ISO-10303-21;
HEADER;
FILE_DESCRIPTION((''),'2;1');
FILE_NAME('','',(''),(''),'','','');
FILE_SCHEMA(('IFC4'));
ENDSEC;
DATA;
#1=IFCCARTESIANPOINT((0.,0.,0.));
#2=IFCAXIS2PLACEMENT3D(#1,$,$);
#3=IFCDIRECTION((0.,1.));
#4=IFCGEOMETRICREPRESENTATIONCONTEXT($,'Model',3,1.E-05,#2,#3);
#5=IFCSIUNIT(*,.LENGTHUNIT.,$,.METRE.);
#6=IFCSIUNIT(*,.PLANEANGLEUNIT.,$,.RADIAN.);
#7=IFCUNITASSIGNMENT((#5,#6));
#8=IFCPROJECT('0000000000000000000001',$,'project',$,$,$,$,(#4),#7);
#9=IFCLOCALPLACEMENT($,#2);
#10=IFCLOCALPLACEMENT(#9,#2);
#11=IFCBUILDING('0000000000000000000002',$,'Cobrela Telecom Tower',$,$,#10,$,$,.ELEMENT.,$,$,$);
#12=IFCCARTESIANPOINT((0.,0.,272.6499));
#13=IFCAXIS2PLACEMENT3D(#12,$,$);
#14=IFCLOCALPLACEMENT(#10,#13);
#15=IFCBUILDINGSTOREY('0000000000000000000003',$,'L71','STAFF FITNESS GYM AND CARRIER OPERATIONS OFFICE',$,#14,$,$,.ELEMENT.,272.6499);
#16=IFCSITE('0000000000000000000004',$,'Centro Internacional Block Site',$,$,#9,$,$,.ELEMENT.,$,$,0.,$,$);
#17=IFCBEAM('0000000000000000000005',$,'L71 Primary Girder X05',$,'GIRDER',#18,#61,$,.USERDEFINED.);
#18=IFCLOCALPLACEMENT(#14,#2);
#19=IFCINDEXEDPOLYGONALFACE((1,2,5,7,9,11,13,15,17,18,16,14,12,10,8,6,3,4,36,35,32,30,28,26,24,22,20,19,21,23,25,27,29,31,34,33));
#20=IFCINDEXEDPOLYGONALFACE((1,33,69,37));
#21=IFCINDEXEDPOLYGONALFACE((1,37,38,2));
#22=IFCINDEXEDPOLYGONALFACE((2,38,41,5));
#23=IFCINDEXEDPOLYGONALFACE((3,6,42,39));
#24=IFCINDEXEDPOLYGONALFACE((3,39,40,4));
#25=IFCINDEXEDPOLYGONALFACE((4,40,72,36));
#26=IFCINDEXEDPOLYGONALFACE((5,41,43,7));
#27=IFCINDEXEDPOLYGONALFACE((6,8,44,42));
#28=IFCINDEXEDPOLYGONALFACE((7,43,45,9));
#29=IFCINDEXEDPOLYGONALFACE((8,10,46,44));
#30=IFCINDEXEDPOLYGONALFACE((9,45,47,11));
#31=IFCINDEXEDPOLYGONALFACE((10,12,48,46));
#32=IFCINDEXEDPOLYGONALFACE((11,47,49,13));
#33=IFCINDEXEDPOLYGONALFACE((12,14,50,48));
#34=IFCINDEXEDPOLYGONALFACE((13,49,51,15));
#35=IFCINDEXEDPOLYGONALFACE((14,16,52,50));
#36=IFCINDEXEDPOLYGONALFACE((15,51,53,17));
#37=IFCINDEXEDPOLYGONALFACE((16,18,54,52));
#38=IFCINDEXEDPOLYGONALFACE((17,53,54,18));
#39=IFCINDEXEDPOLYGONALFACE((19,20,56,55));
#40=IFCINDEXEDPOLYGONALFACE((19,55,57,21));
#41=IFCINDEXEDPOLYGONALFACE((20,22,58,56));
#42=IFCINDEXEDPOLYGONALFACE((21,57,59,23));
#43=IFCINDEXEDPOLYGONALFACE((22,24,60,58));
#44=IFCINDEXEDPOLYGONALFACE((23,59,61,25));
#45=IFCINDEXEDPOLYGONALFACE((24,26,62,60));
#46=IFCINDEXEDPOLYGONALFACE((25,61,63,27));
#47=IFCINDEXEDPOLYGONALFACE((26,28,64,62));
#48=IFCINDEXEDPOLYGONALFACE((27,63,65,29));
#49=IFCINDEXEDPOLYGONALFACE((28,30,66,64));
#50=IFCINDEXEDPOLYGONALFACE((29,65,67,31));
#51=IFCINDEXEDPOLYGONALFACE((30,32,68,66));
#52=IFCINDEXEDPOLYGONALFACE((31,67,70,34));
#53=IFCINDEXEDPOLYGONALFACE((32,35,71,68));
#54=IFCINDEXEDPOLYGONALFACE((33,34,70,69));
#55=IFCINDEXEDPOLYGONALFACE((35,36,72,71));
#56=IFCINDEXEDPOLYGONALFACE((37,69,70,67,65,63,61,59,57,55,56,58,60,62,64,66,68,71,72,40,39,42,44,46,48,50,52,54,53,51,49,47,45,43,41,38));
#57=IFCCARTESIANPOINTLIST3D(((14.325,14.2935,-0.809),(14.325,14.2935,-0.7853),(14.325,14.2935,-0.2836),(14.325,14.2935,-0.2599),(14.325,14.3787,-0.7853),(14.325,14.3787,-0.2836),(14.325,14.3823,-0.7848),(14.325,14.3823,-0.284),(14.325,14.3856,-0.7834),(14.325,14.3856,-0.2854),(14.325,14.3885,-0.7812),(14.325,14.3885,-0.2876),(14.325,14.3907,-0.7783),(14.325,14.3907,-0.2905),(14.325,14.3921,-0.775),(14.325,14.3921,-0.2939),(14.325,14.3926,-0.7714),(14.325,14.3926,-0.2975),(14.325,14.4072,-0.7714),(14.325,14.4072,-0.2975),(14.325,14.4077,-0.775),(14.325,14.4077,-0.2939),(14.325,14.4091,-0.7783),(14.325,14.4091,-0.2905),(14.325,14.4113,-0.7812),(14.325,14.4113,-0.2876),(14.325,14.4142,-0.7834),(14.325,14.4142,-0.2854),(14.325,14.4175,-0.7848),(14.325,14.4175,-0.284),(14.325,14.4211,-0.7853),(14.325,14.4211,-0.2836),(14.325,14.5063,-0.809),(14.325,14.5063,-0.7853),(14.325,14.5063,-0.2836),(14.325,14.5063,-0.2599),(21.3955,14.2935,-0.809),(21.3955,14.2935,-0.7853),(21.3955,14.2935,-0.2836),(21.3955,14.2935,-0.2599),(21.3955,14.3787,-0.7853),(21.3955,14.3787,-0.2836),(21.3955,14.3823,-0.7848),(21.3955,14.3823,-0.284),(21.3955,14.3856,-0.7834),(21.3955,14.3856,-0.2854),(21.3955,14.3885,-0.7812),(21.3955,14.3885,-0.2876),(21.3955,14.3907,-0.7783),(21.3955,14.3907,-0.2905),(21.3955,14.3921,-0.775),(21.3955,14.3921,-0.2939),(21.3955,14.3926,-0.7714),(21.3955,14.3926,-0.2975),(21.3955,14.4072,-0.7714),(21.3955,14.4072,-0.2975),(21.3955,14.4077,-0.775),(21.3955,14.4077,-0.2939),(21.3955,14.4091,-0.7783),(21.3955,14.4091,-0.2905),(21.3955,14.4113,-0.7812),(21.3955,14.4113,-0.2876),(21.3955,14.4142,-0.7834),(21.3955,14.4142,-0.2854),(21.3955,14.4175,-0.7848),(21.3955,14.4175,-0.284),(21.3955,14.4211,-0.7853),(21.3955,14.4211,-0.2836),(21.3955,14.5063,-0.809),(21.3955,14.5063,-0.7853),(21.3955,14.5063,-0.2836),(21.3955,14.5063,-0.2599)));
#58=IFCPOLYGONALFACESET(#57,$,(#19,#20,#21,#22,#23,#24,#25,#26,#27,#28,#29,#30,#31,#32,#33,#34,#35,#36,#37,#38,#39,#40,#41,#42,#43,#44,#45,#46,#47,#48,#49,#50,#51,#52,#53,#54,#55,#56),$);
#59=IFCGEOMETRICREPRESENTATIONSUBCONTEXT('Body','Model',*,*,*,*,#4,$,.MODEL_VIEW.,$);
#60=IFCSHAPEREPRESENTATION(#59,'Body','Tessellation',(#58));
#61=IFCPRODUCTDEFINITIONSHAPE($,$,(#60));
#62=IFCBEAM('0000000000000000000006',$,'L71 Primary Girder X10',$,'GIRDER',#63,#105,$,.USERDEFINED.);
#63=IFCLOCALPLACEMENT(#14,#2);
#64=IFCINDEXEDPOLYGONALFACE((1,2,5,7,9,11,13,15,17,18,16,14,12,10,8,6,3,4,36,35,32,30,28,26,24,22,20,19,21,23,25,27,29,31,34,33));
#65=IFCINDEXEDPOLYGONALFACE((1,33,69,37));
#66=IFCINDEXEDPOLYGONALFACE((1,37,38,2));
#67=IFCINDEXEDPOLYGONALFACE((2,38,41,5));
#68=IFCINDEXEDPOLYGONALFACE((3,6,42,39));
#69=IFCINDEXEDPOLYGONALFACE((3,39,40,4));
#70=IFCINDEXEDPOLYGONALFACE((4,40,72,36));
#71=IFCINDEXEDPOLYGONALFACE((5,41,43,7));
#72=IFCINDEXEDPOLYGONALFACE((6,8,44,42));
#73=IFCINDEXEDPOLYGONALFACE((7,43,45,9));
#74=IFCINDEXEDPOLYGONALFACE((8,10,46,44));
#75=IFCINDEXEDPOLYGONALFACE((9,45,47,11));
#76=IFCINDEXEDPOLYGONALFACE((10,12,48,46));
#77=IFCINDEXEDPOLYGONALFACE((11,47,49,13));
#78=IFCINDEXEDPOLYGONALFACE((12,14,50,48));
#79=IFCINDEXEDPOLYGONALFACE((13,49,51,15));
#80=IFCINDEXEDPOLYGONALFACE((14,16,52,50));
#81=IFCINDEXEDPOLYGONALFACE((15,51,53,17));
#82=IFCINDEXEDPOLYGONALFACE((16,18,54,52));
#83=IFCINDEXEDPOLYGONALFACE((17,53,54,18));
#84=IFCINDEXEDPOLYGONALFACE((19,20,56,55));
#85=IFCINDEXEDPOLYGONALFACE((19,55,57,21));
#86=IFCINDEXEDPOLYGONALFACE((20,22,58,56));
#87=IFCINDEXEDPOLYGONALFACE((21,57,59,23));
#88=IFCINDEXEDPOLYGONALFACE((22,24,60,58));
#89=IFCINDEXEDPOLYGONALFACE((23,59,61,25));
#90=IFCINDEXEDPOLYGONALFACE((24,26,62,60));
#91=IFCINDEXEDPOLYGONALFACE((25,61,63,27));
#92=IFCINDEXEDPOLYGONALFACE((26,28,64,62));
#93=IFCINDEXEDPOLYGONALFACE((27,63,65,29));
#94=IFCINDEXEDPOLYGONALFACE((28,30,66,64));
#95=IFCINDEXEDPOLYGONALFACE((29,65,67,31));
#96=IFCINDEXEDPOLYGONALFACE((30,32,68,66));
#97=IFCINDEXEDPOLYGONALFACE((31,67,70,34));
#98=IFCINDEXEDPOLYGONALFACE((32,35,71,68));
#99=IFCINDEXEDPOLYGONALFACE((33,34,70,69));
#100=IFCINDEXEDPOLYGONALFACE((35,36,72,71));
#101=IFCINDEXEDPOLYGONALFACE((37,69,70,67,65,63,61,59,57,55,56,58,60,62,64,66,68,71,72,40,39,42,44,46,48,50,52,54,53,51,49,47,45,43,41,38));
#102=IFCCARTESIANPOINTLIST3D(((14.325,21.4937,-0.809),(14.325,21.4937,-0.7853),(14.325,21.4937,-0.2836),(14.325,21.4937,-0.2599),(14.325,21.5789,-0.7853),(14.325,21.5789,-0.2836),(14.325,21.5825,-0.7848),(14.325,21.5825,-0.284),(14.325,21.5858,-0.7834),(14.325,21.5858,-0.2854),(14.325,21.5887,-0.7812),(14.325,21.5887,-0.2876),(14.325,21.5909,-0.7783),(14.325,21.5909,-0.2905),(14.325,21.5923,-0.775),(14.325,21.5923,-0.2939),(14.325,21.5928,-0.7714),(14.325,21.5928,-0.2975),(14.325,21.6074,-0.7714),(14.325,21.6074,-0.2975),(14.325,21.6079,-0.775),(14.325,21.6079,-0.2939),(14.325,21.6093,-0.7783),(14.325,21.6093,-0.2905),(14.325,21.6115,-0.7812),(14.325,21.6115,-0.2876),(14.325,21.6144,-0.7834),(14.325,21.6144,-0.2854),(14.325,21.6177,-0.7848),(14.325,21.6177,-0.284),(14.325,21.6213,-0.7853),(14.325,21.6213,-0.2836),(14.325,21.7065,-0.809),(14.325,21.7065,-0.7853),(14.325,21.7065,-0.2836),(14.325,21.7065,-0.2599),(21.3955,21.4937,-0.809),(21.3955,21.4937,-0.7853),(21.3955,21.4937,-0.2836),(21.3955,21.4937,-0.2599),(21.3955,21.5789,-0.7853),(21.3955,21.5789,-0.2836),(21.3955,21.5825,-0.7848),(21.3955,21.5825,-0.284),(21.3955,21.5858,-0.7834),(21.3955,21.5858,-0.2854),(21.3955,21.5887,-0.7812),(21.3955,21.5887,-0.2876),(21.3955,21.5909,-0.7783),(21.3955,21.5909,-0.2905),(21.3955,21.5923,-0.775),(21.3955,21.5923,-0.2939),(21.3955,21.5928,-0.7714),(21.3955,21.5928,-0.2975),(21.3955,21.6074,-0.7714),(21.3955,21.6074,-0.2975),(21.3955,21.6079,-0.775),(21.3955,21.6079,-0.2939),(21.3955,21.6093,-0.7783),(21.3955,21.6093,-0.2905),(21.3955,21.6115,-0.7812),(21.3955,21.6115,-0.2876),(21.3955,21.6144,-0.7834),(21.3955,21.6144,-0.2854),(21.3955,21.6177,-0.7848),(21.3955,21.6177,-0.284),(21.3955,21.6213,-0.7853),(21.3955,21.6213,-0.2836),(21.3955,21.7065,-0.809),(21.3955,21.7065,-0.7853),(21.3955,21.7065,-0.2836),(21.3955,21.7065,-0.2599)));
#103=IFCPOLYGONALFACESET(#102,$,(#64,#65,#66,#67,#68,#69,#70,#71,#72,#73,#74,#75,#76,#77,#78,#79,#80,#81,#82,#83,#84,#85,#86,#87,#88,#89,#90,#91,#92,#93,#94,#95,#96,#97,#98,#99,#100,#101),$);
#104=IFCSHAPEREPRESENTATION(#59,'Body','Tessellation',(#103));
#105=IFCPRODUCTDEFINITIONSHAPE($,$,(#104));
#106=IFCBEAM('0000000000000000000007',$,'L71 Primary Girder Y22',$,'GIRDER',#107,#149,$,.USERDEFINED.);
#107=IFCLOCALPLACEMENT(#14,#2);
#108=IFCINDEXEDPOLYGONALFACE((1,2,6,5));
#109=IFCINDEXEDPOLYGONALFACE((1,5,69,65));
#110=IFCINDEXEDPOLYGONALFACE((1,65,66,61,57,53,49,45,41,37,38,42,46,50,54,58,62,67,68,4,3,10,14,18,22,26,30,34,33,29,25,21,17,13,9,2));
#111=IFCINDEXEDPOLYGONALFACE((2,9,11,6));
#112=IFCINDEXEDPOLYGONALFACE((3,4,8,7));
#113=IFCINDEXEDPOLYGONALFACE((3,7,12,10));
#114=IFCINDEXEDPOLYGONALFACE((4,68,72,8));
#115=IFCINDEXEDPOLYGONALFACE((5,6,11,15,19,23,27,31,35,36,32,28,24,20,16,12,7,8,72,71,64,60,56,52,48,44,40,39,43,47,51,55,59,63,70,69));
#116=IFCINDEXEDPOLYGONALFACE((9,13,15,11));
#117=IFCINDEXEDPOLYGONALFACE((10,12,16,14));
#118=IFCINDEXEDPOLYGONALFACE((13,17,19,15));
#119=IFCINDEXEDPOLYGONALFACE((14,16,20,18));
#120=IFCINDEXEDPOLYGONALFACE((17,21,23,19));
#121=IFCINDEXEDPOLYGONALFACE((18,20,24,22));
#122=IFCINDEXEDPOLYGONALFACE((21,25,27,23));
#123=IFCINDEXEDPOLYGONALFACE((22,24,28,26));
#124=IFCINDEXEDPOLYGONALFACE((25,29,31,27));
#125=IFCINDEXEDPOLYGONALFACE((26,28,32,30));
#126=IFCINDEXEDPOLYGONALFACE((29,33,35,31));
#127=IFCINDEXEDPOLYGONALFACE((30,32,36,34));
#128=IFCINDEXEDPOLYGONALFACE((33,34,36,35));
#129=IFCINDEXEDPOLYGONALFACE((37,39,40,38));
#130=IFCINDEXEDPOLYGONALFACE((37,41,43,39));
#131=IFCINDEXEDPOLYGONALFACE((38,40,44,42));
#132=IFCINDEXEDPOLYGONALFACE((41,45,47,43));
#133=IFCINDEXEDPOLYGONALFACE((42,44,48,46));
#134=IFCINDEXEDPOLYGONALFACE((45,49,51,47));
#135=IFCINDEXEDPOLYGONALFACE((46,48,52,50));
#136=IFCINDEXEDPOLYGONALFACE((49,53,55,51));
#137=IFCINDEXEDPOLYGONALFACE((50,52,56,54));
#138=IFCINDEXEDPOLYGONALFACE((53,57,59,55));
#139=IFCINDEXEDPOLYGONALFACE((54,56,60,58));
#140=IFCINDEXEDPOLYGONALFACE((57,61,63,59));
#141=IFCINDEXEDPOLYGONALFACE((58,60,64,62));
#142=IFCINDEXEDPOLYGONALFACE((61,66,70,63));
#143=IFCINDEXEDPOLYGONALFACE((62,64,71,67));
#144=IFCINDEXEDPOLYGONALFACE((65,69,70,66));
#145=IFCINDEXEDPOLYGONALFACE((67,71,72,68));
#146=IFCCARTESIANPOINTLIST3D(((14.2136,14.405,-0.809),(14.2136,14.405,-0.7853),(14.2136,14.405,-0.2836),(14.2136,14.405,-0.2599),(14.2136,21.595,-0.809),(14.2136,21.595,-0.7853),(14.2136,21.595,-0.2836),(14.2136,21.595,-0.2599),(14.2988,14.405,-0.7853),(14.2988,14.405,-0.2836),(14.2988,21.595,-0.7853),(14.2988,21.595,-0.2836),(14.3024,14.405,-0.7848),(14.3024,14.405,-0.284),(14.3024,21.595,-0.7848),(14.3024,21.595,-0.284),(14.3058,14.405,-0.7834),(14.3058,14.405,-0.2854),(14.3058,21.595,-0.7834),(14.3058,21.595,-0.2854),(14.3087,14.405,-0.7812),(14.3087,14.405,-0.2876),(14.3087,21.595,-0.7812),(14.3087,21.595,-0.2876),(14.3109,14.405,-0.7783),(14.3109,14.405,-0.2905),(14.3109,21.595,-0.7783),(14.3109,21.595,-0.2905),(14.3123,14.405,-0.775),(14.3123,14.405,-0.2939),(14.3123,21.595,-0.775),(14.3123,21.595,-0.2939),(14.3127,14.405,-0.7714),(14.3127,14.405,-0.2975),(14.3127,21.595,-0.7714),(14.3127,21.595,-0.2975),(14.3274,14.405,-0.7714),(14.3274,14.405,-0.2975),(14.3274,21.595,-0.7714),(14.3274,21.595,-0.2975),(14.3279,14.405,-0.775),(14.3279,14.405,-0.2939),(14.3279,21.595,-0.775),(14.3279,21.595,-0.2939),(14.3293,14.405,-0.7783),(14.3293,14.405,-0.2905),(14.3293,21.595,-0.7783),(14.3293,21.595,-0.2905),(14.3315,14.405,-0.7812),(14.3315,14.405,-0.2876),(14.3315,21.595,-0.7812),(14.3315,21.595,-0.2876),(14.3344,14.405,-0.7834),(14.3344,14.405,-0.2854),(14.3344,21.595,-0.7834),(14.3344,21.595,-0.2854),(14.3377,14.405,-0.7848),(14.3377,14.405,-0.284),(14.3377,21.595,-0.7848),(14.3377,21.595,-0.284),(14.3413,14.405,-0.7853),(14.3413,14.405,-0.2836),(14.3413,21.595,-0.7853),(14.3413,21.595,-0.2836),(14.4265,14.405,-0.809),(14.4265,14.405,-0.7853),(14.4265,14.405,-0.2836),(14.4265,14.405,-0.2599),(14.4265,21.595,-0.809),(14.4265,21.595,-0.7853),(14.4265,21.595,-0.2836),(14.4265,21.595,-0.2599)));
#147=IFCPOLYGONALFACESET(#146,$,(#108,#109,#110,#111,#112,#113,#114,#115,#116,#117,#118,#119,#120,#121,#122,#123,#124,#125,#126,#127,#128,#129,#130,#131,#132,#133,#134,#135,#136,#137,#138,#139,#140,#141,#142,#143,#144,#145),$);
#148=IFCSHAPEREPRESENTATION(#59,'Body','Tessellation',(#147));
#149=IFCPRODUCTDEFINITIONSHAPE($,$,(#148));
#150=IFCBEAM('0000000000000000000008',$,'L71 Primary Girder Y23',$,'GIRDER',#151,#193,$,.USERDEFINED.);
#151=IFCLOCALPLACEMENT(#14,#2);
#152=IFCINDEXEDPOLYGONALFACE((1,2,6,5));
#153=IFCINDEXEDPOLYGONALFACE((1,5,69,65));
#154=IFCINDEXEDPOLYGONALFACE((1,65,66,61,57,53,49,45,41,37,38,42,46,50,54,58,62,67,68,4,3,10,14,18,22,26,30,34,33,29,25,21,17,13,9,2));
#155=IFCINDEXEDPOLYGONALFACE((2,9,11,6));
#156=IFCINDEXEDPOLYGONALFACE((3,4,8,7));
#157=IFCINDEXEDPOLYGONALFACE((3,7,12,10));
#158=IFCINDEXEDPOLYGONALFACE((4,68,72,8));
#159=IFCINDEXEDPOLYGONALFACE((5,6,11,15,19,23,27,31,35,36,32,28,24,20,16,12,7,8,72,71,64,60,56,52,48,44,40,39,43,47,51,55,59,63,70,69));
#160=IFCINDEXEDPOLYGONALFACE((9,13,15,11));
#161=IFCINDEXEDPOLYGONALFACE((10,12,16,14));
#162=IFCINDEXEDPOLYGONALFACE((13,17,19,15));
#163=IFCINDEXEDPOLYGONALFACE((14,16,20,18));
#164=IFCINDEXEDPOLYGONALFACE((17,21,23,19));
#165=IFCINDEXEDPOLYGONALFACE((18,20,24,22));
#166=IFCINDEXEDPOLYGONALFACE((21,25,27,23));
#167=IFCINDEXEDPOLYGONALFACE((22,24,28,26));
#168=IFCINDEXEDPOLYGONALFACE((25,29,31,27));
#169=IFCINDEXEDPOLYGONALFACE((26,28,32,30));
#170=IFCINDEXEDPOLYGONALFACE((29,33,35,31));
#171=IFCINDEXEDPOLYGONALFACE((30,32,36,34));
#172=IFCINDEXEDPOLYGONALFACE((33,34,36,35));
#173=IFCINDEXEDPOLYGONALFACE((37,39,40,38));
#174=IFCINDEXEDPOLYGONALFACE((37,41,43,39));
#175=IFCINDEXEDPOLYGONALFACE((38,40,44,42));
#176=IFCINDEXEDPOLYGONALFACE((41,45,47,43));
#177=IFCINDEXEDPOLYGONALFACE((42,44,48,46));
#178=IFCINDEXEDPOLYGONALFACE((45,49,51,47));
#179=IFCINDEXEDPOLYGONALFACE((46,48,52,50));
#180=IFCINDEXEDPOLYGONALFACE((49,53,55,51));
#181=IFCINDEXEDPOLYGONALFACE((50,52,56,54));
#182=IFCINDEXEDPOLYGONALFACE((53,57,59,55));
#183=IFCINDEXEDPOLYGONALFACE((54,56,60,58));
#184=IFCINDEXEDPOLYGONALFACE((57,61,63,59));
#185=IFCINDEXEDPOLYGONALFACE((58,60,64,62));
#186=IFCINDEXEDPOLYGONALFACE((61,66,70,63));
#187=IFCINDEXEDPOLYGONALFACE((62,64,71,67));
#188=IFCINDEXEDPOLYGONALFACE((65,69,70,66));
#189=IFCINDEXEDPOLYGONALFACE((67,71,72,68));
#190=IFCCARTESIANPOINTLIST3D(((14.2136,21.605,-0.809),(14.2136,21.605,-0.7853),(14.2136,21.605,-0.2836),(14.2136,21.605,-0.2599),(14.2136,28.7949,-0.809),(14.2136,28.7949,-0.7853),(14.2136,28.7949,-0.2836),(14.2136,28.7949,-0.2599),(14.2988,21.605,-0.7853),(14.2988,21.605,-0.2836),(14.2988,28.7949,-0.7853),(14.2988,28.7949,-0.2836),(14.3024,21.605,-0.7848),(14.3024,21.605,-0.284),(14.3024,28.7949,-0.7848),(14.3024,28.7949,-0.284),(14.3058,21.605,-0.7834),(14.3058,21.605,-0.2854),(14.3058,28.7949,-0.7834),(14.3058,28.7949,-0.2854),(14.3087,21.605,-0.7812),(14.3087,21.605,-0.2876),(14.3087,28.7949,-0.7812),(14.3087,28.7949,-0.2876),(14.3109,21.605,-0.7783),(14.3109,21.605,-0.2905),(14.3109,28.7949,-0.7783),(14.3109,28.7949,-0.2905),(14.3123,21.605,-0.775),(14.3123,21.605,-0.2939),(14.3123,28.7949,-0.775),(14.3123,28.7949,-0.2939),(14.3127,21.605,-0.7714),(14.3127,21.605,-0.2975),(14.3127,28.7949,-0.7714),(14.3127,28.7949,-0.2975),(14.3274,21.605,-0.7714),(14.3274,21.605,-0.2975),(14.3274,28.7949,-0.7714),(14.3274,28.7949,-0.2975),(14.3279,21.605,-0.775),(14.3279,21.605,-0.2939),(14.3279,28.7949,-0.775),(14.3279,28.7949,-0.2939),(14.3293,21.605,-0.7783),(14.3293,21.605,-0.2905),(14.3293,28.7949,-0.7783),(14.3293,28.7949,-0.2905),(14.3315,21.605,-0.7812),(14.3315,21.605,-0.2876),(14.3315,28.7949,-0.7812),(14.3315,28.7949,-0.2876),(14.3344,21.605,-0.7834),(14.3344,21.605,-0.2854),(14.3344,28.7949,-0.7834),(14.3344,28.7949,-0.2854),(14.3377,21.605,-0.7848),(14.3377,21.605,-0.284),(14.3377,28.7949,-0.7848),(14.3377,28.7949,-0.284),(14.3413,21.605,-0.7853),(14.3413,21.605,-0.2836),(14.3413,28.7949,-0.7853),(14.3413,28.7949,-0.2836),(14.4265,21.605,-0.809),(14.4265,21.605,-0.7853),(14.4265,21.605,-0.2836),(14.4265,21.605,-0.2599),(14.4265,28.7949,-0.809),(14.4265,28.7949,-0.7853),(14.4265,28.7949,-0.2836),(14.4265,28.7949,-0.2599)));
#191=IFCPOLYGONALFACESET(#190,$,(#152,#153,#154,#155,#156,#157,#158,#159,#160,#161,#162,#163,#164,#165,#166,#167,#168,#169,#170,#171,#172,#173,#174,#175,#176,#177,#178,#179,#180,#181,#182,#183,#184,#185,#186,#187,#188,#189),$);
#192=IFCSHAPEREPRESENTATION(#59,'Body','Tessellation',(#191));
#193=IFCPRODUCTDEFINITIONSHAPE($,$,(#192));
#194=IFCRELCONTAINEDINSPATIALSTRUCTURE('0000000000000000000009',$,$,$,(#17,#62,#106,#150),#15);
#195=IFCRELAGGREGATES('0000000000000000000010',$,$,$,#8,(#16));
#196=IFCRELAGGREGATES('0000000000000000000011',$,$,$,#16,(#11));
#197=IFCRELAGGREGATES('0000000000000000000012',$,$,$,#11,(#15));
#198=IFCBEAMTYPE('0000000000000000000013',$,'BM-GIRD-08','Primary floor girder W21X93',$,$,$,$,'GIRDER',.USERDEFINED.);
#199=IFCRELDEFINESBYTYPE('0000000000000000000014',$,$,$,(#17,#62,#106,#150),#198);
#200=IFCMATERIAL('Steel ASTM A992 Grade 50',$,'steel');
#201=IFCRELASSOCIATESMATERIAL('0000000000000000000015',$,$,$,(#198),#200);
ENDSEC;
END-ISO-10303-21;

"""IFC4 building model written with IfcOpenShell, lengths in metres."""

from ifc_helpers import new_model, si_unit, direction, frame, origin, origin_2d, place, context, subcontext, project, spatial, i_section, extrude, material, material_profile, profile_set, type_object, element, save


model = new_model("IFC4")

# Units and contexts
model_context = context("Model", 3, precision=1e-05, world=origin(), true_north=direction((0.0, 1.0)))
body_context = subcontext(model_context, "Body", "Model", "MODEL_VIEW")
ifc_project = project(units=[si_unit("LENGTHUNIT", "METRE"), si_unit("PLANEANGLEUNIT", "RADIAN")], contexts=[model_context])

# Site, building, storey
site_placement = place(None, origin())
site = spatial("IfcSite", under=ifc_project, at=site_placement, Name="Centro Internacional Block Site", CompositionType="ELEMENT", RefElevation=0.0)
building_placement = place(site_placement, origin())
building = spatial("IfcBuilding", under=site, at=building_placement, Name="Cobrela Telecom Tower", CompositionType="ELEMENT")
storey_placement = place(building_placement, frame((0.0, 0.0, 272.6499)))
storey = spatial("IfcBuildingStorey", under=building, at=storey_placement, Name="L71", Description="STAFF FITNESS GYM AND CARRIER OPERATIONS OFFICE", CompositionType="ELEMENT", Elevation=272.6499)

# Beams
ifc_material_1 = material(Name="Steel ASTM A992 Grade 50", Category="steel")
ifc_material_profile_1 = material_profile(ifc_material_1, i_section(OverallWidth=0.2129, OverallDepth=0.5491, WebThickness=0.0146, FlangeThickness=0.0237, FilletRadius=0.0139, at=origin_2d()), Name="W21X93")
ifc_profile_set_1 = profile_set([ifc_material_profile_1], Name="Steel ASTM A992 Grade 50")
beam_type_1 = type_object("IfcBeamType", Name="BM-GIRD-08", Description="Primary floor girder W21X93", ElementType="GIRDER", PredefinedType="USERDEFINED", material=ifc_profile_set_1)
for number, where, z_axis, x_axis, name in (
    (1, (14.325, 14.3999, -0.5344), (1.0, 0.0, 0.0), (0.0, 1.0, 0.0), "L71 Primary Girder X05"),
    (2, (14.325, 21.6001, -0.5344), (1.0, 0.0, 0.0), (0.0, 1.0, 0.0), "L71 Primary Girder X10"),
):
    element("IfcBeam", number, at=place(storey_placement, frame(where, z_axis=z_axis, x_axis=x_axis)), inside=storey, type_object=beam_type_1, Name=name, ObjectType="GIRDER", PredefinedType="USERDEFINED", context=body_context, shape_type="SweptSolid", body=[
        extrude(i_section(OverallWidth=0.2129, OverallDepth=0.5491, WebThickness=0.0146, FlangeThickness=0.0237, FilletRadius=0.0139, at=origin_2d()), origin(), (0.0, 0.0, 1.0), 7.0706),
    ])
for number, where, z_axis, x_axis, name in (
    (3, (14.3201, 14.405, -0.5344), (0.0, 1.0, 0.0), (-1.0, 0.0, 0.0), "L71 Primary Girder Y22"),
    (4, (14.3201, 21.605, -0.5344), (0.0, 1.0, 0.0), (-1.0, 0.0, 0.0), "L71 Primary Girder Y23"),
):
    element("IfcBeam", number, at=place(storey_placement, frame(where, z_axis=z_axis, x_axis=x_axis)), inside=storey, type_object=beam_type_1, Name=name, ObjectType="GIRDER", PredefinedType="USERDEFINED", context=body_context, shape_type="SweptSolid", body=[
        extrude(i_section(OverallWidth=0.2129, OverallDepth=0.5491, WebThickness=0.0146, FlangeThickness=0.0237, FilletRadius=0.0139, at=origin_2d()), origin(), (0.0, 0.0, 1.0), 7.1899),
    ])

save(model, "model.ifc")
